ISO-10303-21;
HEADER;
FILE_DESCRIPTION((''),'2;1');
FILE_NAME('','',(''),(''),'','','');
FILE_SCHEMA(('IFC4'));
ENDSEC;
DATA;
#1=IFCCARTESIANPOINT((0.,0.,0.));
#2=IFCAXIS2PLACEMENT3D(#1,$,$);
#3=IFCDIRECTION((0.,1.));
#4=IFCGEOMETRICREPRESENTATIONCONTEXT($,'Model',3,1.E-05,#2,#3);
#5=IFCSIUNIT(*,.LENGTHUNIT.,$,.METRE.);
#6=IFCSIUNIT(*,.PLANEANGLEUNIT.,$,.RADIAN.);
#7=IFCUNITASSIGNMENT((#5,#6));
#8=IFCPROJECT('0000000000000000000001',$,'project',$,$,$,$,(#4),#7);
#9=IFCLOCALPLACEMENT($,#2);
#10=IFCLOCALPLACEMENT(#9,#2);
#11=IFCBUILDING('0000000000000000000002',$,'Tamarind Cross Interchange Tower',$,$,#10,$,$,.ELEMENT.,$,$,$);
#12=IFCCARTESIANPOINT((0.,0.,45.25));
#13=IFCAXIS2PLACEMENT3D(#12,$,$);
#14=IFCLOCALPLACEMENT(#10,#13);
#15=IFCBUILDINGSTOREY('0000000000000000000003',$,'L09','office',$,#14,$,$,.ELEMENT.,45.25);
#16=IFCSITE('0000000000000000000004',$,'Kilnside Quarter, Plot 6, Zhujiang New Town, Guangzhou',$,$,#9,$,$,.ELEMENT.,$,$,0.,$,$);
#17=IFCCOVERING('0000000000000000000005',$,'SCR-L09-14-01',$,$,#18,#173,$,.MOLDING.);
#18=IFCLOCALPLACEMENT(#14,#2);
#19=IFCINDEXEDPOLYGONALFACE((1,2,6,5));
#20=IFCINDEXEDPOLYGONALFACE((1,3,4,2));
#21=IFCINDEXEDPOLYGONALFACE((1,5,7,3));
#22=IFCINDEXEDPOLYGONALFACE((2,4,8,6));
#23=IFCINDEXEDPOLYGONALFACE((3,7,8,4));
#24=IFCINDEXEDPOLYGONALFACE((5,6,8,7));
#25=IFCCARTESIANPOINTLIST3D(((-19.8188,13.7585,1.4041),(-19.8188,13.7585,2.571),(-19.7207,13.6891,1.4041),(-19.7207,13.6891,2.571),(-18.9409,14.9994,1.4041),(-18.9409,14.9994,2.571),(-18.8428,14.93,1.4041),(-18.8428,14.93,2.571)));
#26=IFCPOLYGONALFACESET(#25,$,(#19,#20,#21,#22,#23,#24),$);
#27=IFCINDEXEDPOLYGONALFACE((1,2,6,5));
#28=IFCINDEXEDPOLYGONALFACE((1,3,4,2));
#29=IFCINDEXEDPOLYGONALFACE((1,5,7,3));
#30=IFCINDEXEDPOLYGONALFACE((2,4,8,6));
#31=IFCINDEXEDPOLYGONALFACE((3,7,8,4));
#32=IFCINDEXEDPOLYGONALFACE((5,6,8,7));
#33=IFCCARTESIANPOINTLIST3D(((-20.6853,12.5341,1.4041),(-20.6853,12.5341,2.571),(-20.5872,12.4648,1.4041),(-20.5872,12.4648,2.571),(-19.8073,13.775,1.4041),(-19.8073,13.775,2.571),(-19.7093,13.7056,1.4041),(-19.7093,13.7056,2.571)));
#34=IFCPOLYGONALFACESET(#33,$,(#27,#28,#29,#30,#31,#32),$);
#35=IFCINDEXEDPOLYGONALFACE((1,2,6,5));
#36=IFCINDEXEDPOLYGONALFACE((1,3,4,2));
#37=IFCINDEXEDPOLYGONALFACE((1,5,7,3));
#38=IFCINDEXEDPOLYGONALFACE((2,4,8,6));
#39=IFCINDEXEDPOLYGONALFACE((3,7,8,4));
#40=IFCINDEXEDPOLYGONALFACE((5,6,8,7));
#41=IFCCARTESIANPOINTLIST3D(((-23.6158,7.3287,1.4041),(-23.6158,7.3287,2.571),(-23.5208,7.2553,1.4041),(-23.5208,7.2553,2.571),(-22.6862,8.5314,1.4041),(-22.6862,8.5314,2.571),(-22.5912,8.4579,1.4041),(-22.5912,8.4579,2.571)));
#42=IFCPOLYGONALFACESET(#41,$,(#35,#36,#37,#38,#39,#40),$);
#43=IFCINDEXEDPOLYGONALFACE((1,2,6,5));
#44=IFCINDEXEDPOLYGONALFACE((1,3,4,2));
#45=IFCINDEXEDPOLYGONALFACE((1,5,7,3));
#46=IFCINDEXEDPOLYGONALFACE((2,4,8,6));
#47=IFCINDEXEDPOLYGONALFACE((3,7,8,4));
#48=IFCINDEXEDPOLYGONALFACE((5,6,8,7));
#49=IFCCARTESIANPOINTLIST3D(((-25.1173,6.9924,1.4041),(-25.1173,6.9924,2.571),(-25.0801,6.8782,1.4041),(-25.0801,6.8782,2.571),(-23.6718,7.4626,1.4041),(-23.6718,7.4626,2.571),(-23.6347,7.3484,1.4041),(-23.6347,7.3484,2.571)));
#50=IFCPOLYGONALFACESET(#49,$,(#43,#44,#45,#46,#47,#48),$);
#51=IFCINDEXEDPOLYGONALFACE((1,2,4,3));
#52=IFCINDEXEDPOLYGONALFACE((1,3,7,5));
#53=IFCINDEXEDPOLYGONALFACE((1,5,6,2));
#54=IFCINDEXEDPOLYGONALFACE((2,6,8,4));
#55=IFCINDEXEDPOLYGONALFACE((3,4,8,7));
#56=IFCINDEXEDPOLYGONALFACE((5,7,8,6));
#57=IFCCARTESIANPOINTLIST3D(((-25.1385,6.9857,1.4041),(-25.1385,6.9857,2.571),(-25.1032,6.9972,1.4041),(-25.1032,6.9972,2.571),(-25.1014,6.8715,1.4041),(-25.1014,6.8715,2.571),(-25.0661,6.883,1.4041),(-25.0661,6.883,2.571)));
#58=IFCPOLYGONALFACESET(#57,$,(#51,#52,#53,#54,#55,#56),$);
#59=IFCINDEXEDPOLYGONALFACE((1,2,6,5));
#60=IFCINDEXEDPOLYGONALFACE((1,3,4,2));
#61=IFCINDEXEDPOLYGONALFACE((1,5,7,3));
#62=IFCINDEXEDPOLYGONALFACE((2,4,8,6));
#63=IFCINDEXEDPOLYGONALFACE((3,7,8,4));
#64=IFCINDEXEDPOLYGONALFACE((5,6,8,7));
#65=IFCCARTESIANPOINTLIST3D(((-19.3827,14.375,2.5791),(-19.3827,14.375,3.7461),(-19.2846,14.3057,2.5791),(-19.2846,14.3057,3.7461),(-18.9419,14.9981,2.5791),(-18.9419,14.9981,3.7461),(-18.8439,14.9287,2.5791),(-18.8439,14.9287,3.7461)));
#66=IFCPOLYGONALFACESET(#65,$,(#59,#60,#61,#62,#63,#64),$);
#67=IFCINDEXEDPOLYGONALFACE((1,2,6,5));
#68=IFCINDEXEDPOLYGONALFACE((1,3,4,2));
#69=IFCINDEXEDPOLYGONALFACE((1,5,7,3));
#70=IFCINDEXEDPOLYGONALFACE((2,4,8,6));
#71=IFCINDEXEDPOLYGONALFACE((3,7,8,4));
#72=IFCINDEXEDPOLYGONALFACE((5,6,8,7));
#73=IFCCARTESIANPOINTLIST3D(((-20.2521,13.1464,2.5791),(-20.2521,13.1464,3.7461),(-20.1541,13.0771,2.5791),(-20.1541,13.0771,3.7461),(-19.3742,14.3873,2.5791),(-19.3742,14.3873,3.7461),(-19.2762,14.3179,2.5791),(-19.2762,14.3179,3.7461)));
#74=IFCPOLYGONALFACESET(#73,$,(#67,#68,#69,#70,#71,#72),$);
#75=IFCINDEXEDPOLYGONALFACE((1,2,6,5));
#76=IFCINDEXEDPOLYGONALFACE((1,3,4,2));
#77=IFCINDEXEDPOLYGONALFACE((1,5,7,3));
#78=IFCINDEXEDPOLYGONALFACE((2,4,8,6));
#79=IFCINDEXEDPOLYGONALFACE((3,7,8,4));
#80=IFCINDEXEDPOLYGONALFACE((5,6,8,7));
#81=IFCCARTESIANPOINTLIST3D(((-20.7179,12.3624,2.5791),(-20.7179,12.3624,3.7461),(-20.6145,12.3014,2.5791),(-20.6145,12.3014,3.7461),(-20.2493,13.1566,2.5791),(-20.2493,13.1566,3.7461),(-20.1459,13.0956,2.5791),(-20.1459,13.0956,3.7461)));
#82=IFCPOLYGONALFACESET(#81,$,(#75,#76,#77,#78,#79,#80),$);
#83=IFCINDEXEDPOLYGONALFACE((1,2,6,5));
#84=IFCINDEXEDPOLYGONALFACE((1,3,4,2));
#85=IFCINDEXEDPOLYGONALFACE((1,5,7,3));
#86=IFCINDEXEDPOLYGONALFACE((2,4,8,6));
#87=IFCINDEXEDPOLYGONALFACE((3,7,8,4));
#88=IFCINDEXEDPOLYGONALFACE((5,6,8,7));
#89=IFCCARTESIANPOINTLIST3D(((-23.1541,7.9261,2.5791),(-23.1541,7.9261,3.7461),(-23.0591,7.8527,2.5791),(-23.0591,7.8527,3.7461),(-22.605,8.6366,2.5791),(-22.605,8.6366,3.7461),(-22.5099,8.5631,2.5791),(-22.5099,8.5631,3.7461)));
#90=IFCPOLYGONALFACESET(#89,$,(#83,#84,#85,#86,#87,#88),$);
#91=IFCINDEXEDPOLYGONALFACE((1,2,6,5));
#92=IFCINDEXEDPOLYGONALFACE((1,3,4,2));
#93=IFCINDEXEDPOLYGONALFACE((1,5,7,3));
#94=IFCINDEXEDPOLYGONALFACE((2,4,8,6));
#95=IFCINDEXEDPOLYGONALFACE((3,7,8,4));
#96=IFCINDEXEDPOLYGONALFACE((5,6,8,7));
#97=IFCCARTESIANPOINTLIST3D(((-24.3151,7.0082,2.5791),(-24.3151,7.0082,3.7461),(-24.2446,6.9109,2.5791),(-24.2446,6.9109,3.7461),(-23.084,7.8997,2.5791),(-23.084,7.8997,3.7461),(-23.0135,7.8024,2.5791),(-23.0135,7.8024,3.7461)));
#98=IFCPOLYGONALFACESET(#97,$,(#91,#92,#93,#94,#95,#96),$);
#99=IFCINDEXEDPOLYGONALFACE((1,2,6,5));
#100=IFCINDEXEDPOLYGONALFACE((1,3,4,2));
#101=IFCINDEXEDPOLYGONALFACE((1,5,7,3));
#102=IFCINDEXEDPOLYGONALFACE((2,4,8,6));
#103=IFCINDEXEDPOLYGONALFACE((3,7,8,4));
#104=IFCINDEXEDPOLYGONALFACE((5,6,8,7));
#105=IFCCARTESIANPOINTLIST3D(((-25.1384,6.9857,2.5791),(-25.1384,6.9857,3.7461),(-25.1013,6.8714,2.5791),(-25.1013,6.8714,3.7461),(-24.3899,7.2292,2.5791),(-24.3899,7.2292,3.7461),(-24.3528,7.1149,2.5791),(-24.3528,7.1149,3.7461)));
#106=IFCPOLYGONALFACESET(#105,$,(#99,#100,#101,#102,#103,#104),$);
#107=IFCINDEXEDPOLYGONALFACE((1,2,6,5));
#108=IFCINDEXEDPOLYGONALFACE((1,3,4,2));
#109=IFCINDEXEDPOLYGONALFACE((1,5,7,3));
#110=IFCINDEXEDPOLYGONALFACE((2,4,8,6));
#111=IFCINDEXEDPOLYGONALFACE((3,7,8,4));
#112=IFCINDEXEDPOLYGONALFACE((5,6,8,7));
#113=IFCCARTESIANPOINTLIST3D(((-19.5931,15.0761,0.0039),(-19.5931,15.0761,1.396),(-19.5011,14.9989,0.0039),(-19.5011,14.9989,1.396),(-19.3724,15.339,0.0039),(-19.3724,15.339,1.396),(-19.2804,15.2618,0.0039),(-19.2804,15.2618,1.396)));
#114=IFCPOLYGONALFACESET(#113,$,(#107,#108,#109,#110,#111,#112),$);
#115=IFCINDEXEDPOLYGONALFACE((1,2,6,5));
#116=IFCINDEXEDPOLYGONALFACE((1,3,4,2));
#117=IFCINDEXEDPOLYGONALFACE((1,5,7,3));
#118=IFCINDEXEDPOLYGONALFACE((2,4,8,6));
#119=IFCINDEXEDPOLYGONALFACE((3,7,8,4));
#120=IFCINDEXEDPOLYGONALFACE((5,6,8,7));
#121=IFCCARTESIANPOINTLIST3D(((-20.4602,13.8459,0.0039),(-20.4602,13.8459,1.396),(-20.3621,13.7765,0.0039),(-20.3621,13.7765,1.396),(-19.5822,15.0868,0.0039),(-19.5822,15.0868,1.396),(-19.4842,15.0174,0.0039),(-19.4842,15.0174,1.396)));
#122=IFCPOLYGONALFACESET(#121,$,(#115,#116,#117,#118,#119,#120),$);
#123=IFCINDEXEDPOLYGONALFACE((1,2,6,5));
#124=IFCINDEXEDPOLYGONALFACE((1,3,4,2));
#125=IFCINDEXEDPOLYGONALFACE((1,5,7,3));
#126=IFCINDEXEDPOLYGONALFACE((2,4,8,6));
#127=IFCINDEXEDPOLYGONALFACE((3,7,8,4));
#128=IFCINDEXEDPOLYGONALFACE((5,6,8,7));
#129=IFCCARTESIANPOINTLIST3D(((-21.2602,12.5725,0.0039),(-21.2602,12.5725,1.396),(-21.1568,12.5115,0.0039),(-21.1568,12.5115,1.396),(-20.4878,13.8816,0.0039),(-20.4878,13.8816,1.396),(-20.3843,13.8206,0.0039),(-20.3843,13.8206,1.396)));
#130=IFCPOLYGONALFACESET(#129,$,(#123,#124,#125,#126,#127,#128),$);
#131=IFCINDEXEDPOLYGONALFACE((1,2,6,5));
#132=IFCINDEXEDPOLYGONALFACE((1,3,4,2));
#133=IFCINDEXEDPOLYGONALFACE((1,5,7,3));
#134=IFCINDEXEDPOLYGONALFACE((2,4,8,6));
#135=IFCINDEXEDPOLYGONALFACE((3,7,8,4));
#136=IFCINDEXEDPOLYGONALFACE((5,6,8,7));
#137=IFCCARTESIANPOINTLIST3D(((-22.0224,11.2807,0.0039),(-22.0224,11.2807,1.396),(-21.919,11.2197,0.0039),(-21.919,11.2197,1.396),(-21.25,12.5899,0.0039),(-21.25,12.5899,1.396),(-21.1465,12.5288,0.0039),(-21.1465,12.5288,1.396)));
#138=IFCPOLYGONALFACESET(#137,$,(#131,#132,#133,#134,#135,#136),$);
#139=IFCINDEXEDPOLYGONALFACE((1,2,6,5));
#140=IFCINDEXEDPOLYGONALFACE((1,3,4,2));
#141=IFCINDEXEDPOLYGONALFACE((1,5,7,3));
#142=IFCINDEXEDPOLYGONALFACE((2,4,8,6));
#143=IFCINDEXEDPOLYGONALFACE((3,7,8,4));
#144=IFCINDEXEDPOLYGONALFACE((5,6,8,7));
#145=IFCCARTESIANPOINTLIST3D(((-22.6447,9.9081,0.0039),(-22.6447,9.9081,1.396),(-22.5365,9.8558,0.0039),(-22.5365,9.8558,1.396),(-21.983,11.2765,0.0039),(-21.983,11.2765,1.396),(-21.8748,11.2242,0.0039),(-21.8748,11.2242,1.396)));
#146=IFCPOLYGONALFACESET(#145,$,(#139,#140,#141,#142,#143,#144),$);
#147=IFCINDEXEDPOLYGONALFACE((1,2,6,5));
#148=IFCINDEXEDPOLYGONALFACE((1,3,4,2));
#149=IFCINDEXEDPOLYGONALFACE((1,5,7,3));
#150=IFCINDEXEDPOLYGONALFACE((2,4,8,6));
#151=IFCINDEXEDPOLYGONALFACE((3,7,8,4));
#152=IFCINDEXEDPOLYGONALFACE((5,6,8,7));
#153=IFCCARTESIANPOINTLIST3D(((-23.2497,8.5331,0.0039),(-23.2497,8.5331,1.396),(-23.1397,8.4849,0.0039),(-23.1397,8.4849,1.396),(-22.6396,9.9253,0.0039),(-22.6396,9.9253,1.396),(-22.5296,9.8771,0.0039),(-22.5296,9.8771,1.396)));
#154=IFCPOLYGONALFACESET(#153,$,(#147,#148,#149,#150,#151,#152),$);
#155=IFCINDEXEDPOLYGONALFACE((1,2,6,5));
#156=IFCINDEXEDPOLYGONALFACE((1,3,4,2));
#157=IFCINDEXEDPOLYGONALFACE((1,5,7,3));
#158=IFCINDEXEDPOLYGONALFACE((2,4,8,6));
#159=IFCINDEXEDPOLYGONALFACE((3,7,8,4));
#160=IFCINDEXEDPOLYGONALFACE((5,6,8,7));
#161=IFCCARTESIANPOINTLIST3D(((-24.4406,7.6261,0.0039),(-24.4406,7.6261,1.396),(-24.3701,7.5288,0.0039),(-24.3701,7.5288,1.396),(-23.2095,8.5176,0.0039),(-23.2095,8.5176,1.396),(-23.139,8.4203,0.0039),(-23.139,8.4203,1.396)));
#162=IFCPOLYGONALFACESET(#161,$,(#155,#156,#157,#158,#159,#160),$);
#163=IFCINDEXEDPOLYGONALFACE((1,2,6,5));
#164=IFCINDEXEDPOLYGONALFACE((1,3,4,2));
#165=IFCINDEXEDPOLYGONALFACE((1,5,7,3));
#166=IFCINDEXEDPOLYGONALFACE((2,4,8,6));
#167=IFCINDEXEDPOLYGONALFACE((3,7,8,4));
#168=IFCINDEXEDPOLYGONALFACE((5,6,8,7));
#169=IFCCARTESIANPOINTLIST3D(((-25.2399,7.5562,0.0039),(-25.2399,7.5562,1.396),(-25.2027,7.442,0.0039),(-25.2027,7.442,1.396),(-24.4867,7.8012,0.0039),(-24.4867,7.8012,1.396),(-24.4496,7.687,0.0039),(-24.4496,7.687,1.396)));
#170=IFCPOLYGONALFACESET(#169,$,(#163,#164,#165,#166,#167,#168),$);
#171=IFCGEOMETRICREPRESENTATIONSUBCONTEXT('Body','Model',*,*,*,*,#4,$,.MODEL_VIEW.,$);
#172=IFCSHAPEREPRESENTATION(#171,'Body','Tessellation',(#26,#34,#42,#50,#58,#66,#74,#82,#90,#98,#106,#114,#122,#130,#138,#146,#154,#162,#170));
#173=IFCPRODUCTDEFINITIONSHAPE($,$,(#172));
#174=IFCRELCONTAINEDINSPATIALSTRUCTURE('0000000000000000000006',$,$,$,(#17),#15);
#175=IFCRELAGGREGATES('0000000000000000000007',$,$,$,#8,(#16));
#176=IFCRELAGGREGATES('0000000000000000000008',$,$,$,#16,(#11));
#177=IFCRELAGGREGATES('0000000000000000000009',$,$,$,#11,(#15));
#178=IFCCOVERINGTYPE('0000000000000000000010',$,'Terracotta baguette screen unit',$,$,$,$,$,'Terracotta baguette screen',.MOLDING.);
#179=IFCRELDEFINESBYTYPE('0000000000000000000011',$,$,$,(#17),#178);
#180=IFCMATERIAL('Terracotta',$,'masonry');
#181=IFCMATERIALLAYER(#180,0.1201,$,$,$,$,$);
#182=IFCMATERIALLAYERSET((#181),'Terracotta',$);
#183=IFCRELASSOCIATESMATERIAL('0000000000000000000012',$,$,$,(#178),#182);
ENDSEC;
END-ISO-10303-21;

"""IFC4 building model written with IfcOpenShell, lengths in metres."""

from ifc_helpers import new_model, si_unit, direction, frame, origin, origin_2d, place, context, subcontext, project, spatial, rectangle, extrude, material, layer, layer_set, type_object, element, save


model = new_model("IFC4")

# Units and contexts
model_context = context("Model", 3, precision=1e-05, world=origin(), true_north=direction((0.0, 1.0)))
body_context = subcontext(model_context, "Body", "Model", "MODEL_VIEW")
ifc_project = project(units=[si_unit("LENGTHUNIT", "METRE"), si_unit("PLANEANGLEUNIT", "RADIAN")], contexts=[model_context])

# Site, building, storey
site_placement = place(None, origin())
site = spatial("IfcSite", under=ifc_project, at=site_placement, Name="Kilnside Quarter, Plot 6, Zhujiang New Town, Guangzhou", CompositionType="ELEMENT", RefElevation=0.0)
building_placement = place(site_placement, origin())
building = spatial("IfcBuilding", under=site, at=building_placement, Name="Tamarind Cross Interchange Tower", CompositionType="ELEMENT")
storey_placement = place(building_placement, frame((0.0, 0.0, 45.25)))
storey = spatial("IfcBuildingStorey", under=building, at=storey_placement, Name="L09", Description="office", CompositionType="ELEMENT", Elevation=45.25)

# Covering
ifc_material_1 = material(Name="Terracotta", Category="masonry")
ifc_layer_1 = layer(ifc_material_1, 0.1201)
ifc_layer_set_1 = layer_set([ifc_layer_1], Name="Terracotta")
covering_type = type_object("IfcCoveringType", Name="Terracotta baguette screen unit", ElementType="Terracotta baguette screen", PredefinedType="MOLDING", material=ifc_layer_set_1)
covering_1_placement = place(storey_placement, origin())
element("IfcCovering", 1, at=covering_1_placement, inside=storey, type_object=covering_type, Name="SCR-L09-14-01", PredefinedType="MOLDING", context=body_context, shape_type="SweptSolid", body=[
    extrude(rectangle(XDim=1.52, YDim=0.1201, at=origin_2d()), frame((-19.3308, 14.3442, 1.4041), z_axis=(0.0, 0.0, 1.0), x_axis=(-0.577569, -0.816342, 0.0)), (0.0, 0.0, 1.0), 1.167),
    extrude(rectangle(XDim=1.52, YDim=0.1201, at=origin_2d()), frame((-20.1973, 13.1199, 1.4041), z_axis=(0.0, 0.0, 1.0), x_axis=(-0.577569, -0.816342, 0.0)), (0.0, 0.0, 1.0), 1.167),
    extrude(rectangle(XDim=1.52, YDim=0.1201, at=origin_2d()), frame((-23.1035, 7.8933, 1.4041), z_axis=(0.0, 0.0, 1.0), x_axis=(-0.611572, -0.791189, 0.0)), (0.0, 0.0, 1.0), 1.167),
    extrude(rectangle(XDim=1.52, YDim=0.1201, at=origin_2d()), frame((-24.376, 7.1704, 1.4041), z_axis=(0.0, 0.0, 1.0), x_axis=(-0.950945, -0.309361, 0.0)), (0.0, 0.0, 1.0), 1.167),
    extrude(rectangle(XDim=0.0371, YDim=0.1201, at=origin_2d()), frame((-25.1023, 6.9343, 1.4041), z_axis=(0.0, 0.0, 1.0), x_axis=(-0.950945, -0.309361, 0.0)), (0.0, 0.0, 1.0), 1.167),
    extrude(rectangle(XDim=0.7632, YDim=0.1201, at=origin_2d()), frame((-19.1133, 14.6519, 2.5791), z_axis=(0.0, 0.0, 1.0), x_axis=(-0.577569, -0.816342, 0.0)), (0.0, 0.0, 1.0), 1.167),
    extrude(rectangle(XDim=1.52, YDim=0.1201, at=origin_2d()), frame((-19.7642, 13.7322, 2.5791), z_axis=(0.0, 0.0, 1.0), x_axis=(-0.577569, -0.816342, 0.0)), (0.0, 0.0, 1.0), 1.167),
    extrude(rectangle(XDim=0.9221, YDim=0.1201, at=origin_2d()), frame((-20.4319, 12.729, 2.5791), z_axis=(0.0, 0.0, 1.0), x_axis=(-0.508183, -0.861249, 0.0)), (0.0, 0.0, 1.0), 1.167),
    extrude(rectangle(XDim=0.8979, YDim=0.1201, at=origin_2d()), frame((-22.832, 8.2446, 2.5791), z_axis=(0.0, 0.0, 1.0), x_axis=(-0.611572, -0.791189, 0.0)), (0.0, 0.0, 1.0), 1.167),
    extrude(rectangle(XDim=1.52, YDim=0.1201, at=origin_2d()), frame((-23.6643, 7.4053, 2.5791), z_axis=(0.0, 0.0, 1.0), x_axis=(-0.809946, -0.586504, 0.0)), (0.0, 0.0, 1.0), 1.167),
    extrude(rectangle(XDim=0.7871, YDim=0.1201, at=origin_2d()), frame((-24.7456, 7.0503, 2.5791), z_axis=(0.0, 0.0, 1.0), x_axis=(-0.950945, -0.309361, 0.0)), (0.0, 0.0, 1.0), 1.167),
    extrude(rectangle(XDim=0.3433, YDim=0.1201, at=origin_2d()), frame((-19.4368, 15.1689, 0.0039), z_axis=(0.0, 0.0, 1.0), x_axis=(-0.643009, -0.765858, 0.0)), (0.0, 0.0, 1.0), 1.3921),
    extrude(rectangle(XDim=1.52, YDim=0.1201, at=origin_2d()), frame((-19.9722, 14.4316, 0.0039), z_axis=(0.0, 0.0, 1.0), x_axis=(-0.577569, -0.816342, 0.0)), (0.0, 0.0, 1.0), 1.3921),
    extrude(rectangle(XDim=1.52, YDim=0.1201, at=origin_2d()), frame((-20.8223, 13.1965, 0.0039), z_axis=(0.0, 0.0, 1.0), x_axis=(-0.508183, -0.861249, 0.0)), (0.0, 0.0, 1.0), 1.3921),
    extrude(rectangle(XDim=1.52, YDim=0.1201, at=origin_2d()), frame((-21.5845, 11.9048, 0.0039), z_axis=(0.0, 0.0, 1.0), x_axis=(-0.508183, -0.861249, 0.0)), (0.0, 0.0, 1.0), 1.3921),
    extrude(rectangle(XDim=1.52, YDim=0.1201, at=origin_2d()), frame((-22.2598, 10.5662, 0.0039), z_axis=(0.0, 0.0, 1.0), x_axis=(-0.435326, -0.900273, 0.0)), (0.0, 0.0, 1.0), 1.3921),
    extrude(rectangle(XDim=1.52, YDim=0.1201, at=origin_2d()), frame((-22.8896, 9.2051, 0.0039), z_axis=(0.0, 0.0, 1.0), x_axis=(-0.401346, -0.915926, 0.0)), (0.0, 0.0, 1.0), 1.3921),
    extrude(rectangle(XDim=1.52, YDim=0.1201, at=origin_2d()), frame((-23.7898, 8.0232, 0.0039), z_axis=(0.0, 0.0, 1.0), x_axis=(-0.809946, -0.586504, 0.0)), (0.0, 0.0, 1.0), 1.3921),
    extrude(rectangle(XDim=0.792, YDim=0.1201, at=origin_2d()), frame((-24.8447, 7.6216, 0.0039), z_axis=(0.0, 0.0, 1.0), x_axis=(-0.950945, -0.309361, 0.0)), (0.0, 0.0, 1.0), 1.3921),
])

save(model, "model.ifc")
